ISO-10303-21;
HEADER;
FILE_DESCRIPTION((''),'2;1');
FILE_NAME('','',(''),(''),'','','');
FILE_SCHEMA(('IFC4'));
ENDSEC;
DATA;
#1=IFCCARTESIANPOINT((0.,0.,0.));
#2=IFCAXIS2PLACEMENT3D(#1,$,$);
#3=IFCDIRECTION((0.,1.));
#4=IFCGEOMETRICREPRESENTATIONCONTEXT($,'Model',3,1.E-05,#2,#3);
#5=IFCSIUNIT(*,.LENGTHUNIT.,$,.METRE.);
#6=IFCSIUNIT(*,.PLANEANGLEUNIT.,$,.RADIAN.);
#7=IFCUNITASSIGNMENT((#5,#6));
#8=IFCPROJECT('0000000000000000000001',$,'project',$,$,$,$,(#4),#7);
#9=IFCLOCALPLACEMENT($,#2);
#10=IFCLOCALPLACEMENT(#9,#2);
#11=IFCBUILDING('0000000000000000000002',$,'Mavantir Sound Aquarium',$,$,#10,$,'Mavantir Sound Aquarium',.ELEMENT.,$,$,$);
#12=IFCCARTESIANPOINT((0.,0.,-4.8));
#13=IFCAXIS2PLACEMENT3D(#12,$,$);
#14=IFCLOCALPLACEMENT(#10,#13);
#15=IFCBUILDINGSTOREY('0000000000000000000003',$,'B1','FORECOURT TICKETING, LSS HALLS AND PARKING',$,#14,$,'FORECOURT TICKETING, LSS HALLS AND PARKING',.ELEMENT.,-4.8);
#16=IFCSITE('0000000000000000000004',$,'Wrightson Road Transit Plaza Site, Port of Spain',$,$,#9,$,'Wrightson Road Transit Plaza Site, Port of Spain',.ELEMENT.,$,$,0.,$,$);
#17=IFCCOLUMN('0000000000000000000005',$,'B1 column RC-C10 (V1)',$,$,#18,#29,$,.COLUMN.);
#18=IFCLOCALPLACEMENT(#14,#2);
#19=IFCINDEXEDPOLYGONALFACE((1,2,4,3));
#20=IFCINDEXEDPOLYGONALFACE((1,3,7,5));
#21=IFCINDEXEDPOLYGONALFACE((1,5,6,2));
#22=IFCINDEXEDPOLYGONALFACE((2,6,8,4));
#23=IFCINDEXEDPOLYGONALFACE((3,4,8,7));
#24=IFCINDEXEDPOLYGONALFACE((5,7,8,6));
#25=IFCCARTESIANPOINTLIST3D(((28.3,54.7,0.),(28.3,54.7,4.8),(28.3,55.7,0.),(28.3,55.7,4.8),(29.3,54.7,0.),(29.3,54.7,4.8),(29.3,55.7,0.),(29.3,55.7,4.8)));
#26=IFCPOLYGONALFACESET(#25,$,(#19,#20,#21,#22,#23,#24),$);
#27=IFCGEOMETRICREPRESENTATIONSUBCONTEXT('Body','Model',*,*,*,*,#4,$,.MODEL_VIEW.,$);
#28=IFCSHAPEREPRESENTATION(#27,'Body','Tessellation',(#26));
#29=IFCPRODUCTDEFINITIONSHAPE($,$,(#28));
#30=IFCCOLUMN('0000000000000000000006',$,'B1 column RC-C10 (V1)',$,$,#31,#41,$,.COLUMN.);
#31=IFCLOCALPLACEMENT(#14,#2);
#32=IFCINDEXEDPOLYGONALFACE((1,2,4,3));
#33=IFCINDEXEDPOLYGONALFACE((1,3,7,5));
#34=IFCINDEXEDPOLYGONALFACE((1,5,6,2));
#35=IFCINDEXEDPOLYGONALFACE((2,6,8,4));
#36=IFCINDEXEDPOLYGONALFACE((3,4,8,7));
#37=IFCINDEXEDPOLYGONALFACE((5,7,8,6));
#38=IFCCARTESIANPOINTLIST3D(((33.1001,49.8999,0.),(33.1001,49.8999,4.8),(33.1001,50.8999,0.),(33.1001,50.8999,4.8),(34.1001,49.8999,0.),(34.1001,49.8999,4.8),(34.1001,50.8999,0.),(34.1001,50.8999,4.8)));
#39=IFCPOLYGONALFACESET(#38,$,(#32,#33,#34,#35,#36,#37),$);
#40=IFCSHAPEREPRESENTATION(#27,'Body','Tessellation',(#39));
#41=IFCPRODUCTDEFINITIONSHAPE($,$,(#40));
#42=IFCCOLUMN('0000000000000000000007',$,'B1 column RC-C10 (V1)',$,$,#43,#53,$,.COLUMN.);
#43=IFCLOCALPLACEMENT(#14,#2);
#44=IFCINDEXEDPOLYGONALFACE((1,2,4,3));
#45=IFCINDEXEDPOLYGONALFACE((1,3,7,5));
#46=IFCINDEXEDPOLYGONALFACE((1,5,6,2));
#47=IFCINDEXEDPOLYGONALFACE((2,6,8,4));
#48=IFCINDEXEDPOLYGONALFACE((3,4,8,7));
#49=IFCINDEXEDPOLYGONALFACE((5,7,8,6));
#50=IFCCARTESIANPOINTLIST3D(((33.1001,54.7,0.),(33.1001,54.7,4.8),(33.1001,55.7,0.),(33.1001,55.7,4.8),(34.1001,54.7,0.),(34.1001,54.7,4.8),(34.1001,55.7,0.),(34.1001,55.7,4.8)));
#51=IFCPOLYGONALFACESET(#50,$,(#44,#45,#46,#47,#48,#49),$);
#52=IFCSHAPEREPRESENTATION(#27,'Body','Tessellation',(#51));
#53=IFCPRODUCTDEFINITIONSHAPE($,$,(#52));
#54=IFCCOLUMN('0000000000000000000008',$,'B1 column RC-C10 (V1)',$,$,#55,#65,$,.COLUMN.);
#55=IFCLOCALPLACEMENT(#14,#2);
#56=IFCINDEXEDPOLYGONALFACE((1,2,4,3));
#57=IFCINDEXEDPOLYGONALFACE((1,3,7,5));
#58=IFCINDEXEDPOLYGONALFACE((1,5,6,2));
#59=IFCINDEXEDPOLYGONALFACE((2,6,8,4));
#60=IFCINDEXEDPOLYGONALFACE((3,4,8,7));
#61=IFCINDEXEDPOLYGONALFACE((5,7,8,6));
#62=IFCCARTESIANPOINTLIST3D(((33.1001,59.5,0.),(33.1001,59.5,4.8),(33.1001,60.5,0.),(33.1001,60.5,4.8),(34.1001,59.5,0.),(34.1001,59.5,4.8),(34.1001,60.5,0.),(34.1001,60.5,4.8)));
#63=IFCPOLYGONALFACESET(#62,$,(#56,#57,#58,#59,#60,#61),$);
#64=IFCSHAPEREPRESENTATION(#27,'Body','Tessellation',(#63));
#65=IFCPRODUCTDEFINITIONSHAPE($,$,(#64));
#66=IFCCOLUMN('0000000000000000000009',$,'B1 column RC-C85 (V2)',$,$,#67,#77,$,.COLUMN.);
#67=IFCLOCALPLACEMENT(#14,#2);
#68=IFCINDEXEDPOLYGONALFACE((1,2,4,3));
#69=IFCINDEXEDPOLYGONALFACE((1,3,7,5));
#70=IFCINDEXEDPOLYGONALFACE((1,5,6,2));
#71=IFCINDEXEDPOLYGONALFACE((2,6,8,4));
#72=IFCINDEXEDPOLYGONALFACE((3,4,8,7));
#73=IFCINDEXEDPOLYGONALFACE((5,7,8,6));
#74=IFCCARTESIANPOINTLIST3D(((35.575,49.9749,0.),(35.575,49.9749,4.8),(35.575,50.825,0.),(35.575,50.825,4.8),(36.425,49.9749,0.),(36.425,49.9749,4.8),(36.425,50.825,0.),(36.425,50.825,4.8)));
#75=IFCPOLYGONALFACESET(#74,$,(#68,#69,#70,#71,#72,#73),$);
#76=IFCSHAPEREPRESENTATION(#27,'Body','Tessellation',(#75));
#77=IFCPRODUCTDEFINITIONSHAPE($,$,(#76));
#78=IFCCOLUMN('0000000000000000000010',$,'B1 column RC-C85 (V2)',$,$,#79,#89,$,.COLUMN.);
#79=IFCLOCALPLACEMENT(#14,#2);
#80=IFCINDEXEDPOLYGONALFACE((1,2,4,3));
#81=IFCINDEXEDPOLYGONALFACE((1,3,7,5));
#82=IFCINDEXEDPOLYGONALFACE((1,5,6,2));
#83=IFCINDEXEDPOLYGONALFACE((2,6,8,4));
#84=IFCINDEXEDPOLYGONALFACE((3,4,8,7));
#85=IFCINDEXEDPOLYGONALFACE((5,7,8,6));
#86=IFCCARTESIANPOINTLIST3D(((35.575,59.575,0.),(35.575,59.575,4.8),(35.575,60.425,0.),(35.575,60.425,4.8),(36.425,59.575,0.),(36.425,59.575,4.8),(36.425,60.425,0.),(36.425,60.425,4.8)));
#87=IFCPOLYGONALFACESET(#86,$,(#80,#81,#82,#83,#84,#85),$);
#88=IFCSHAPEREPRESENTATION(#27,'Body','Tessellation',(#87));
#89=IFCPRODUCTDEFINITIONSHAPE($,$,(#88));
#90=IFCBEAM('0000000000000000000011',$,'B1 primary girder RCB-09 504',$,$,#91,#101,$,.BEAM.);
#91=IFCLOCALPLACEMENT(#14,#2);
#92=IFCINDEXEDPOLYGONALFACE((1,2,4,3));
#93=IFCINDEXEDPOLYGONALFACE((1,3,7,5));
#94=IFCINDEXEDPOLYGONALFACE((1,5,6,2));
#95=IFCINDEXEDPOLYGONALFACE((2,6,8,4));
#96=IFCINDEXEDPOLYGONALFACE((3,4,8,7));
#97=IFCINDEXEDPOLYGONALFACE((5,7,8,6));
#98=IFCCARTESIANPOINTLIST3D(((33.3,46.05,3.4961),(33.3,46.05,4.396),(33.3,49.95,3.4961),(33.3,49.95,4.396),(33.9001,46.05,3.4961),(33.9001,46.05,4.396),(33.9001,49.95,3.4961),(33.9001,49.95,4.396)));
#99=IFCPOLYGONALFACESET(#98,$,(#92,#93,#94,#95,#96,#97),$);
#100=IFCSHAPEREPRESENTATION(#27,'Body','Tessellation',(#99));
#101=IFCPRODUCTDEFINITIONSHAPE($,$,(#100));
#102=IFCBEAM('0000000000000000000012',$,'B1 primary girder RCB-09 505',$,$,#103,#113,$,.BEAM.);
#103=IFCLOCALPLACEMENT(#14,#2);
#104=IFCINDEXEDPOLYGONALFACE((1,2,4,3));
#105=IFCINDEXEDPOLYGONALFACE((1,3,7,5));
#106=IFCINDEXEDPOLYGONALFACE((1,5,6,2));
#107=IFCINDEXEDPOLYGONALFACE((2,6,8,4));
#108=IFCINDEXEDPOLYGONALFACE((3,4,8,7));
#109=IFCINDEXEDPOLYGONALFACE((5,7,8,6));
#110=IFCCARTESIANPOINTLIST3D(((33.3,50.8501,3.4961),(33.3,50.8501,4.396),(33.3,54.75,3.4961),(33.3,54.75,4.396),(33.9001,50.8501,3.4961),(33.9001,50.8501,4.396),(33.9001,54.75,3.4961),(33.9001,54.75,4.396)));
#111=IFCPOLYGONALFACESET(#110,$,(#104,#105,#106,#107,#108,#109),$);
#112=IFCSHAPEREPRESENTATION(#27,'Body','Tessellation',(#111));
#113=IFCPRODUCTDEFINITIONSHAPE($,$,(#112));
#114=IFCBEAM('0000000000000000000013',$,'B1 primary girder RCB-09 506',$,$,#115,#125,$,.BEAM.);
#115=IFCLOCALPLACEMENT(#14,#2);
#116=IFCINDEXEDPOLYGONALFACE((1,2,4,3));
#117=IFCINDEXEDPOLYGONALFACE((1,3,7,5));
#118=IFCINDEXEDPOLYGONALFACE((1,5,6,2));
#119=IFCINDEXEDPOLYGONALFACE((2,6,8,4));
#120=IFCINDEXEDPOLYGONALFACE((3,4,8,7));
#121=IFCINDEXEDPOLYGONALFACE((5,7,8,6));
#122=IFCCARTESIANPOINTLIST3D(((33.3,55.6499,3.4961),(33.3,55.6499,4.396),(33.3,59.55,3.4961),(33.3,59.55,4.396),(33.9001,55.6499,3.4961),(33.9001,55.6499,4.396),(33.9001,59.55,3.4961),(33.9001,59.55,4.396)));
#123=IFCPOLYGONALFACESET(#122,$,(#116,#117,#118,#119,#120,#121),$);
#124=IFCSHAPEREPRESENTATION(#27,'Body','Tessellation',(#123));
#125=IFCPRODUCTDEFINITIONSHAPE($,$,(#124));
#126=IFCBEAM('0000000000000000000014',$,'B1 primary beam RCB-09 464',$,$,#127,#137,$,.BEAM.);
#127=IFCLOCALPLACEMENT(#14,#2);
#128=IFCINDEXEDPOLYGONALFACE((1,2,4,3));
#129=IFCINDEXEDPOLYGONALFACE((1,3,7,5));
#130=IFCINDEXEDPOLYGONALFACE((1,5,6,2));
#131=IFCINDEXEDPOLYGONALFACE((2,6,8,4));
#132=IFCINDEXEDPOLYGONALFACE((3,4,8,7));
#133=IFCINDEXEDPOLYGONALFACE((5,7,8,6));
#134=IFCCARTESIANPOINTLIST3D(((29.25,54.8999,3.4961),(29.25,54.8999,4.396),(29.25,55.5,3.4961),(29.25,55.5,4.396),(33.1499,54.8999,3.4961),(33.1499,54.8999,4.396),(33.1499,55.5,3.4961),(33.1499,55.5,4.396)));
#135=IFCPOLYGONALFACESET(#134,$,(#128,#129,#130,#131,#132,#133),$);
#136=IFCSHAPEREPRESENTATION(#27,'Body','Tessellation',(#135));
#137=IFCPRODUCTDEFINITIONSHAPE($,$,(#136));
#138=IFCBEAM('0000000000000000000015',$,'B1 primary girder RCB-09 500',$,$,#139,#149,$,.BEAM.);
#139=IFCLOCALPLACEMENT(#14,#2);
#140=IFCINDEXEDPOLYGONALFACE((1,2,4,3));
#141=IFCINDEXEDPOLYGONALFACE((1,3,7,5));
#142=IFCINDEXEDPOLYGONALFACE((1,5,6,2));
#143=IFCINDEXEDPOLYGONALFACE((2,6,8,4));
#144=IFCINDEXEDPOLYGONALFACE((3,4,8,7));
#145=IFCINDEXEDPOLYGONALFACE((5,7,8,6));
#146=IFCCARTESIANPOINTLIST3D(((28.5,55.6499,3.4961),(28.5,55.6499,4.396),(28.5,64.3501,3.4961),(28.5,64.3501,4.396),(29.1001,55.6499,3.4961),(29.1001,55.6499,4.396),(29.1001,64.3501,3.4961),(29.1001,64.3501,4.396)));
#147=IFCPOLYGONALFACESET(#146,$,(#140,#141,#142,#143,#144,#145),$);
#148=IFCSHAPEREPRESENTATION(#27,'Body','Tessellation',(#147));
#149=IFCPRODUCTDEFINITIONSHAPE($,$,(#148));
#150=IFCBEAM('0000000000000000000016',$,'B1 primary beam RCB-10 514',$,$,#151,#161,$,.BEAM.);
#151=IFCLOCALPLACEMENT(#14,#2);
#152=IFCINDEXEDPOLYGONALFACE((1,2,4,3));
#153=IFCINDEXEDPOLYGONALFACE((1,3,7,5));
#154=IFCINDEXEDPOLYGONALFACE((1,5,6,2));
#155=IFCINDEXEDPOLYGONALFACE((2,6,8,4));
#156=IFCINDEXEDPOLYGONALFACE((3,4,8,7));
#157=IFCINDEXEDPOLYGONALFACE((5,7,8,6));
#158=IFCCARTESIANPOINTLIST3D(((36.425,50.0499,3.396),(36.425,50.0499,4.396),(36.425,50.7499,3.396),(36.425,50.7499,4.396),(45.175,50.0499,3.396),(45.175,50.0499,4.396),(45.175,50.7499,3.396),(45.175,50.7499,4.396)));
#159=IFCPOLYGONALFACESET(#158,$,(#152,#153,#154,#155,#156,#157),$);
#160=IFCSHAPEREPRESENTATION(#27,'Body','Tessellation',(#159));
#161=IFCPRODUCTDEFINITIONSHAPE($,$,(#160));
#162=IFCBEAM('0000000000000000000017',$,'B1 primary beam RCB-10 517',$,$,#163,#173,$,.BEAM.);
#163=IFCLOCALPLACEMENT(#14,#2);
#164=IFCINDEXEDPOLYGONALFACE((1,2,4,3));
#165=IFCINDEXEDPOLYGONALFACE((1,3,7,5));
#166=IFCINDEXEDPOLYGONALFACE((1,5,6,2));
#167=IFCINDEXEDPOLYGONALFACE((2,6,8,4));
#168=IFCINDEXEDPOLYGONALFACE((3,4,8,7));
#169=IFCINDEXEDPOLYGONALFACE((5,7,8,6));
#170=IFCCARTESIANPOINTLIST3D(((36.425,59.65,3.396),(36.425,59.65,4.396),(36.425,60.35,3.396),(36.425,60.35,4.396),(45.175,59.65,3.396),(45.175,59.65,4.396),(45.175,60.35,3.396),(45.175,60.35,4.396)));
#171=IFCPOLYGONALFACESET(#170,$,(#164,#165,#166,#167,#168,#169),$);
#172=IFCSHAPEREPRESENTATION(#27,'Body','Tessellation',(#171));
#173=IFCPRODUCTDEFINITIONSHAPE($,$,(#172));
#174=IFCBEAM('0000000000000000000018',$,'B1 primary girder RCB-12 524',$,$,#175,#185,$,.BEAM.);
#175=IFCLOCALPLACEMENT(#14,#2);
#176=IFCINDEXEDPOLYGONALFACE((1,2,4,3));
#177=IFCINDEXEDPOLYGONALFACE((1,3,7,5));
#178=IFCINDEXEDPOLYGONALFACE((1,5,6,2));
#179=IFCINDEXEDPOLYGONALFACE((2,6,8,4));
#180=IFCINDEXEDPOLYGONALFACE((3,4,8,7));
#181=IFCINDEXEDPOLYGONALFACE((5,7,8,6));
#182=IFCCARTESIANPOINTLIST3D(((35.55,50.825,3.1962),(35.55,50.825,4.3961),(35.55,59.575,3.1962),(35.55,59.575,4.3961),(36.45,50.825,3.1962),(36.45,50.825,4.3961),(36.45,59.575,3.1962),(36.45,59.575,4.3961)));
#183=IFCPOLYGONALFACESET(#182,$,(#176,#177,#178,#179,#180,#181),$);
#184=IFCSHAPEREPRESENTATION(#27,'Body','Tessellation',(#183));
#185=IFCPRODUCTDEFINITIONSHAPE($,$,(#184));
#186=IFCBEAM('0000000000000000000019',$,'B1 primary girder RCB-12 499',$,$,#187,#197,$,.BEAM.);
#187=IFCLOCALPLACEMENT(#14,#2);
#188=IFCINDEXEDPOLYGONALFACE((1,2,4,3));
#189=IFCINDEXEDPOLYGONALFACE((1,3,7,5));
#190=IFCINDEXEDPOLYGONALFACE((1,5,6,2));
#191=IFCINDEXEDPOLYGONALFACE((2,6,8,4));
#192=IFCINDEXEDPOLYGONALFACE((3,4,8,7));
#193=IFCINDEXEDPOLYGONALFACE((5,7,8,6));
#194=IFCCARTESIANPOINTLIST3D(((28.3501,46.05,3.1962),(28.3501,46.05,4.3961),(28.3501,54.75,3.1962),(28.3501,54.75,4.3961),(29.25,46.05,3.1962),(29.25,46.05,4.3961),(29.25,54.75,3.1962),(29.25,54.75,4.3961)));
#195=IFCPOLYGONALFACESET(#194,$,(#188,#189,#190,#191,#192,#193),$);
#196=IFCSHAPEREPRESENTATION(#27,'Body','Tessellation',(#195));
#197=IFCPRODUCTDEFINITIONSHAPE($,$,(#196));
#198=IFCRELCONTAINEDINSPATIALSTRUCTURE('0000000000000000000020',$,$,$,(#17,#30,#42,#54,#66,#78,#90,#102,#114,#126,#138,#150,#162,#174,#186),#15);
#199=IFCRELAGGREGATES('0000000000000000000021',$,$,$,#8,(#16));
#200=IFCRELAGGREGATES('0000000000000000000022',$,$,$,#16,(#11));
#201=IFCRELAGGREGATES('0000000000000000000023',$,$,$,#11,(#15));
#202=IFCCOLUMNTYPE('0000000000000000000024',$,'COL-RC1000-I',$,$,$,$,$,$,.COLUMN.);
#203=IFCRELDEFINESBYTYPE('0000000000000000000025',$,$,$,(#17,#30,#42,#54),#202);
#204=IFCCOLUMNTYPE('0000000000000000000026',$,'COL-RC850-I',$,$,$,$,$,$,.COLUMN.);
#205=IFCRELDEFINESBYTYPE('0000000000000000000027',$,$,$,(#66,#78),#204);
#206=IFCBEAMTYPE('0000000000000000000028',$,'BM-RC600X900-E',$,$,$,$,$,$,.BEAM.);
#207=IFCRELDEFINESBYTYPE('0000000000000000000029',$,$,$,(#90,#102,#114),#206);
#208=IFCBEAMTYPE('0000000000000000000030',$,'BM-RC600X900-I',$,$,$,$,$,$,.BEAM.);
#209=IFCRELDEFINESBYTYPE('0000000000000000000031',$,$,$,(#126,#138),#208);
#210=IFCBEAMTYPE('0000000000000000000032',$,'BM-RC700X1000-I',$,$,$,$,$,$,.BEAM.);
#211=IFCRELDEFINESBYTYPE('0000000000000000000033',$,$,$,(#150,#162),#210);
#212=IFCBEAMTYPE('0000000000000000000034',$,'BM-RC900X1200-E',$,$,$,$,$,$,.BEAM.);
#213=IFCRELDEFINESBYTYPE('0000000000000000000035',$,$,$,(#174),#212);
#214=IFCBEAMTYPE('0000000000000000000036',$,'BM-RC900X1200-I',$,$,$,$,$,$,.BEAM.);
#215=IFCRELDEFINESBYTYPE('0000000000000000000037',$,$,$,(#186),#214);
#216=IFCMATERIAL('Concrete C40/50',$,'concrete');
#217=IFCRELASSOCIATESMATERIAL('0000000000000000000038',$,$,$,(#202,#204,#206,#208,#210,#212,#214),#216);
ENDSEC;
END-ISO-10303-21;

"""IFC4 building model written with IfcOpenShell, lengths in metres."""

from ifc_helpers import new_model, si_unit, direction, frame, origin, origin_2d, place, context, subcontext, project, spatial, rectangle, extrude, material, material_profile, profile_set, type_object, element, save


model = new_model("IFC4")

# Units and contexts
model_context = context("Model", 3, precision=1e-05, world=origin(), true_north=direction((0.0, 1.0)))
body_context = subcontext(model_context, "Body", "Model", "MODEL_VIEW")
ifc_project = project(units=[si_unit("LENGTHUNIT", "METRE"), si_unit("PLANEANGLEUNIT", "RADIAN")], contexts=[model_context])

# Site, building, storey
site_placement = place(None, origin())
site = spatial("IfcSite", under=ifc_project, at=site_placement, Name="Wrightson Road Transit Plaza Site, Port of Spain", LongName="Wrightson Road Transit Plaza Site, Port of Spain", CompositionType="ELEMENT", RefElevation=0.0)
building_placement = place(site_placement, origin())
building = spatial("IfcBuilding", under=site, at=building_placement, Name="Mavantir Sound Aquarium", LongName="Mavantir Sound Aquarium", CompositionType="ELEMENT")
storey_placement = place(building_placement, frame((0.0, 0.0, -4.8)))
storey = spatial("IfcBuildingStorey", under=building, at=storey_placement, Name="B1", Description="FORECOURT TICKETING, LSS HALLS AND PARKING", LongName="FORECOURT TICKETING, LSS HALLS AND PARKING", CompositionType="ELEMENT", Elevation=-4.8)

# Columns
ifc_material_1 = material(Name="Concrete C40/50", Category="concrete")
ifc_material_profile_1 = material_profile(ifc_material_1, rectangle(XDim=1.0, YDim=1.0, at=origin_2d()), Name="RC 1000X1000")
ifc_profile_set_1 = profile_set([ifc_material_profile_1], Name="Concrete C40/50")
column_type_1 = type_object("IfcColumnType", Name="COL-RC1000-I", PredefinedType="COLUMN", material=ifc_profile_set_1)
for number, where, z_axis, x_axis, name in (
    (1, (28.8, 55.2, 0.0), (0.0, 0.0, 1.0), (1.0, 0.0, 0.0), "B1 column RC-C10 (V1)"),
    (2, (33.6001, 50.3999, 0.0), (0.0, 0.0, 1.0), (1.0, 0.0, 0.0), "B1 column RC-C10 (V1)"),
    (3, (33.6001, 55.2, 0.0), (0.0, 0.0, 1.0), (1.0, 0.0, 0.0), "B1 column RC-C10 (V1)"),
    (4, (33.6001, 60.0, 0.0), (0.0, 0.0, 1.0), (1.0, 0.0, 0.0), "B1 column RC-C10 (V1)"),
):
    element("IfcColumn", number, at=place(storey_placement, frame(where, z_axis=z_axis, x_axis=x_axis)), inside=storey, type_object=column_type_1, Name=name, PredefinedType="COLUMN", context=body_context, shape_type="SweptSolid", body=[
        extrude(rectangle(XDim=1.0, YDim=1.0, at=origin_2d()), origin(), (0.0, 0.0, 1.0), 4.8),
    ])
ifc_material_profile_2 = material_profile(ifc_material_1, rectangle(XDim=0.8501, YDim=0.8501, at=origin_2d()), Name="RC 850X850")
ifc_profile_set_2 = profile_set([ifc_material_profile_2], Name="Concrete C40/50")
column_type_2 = type_object("IfcColumnType", Name="COL-RC850-I", PredefinedType="COLUMN", material=ifc_profile_set_2)
for number, where, z_axis, x_axis, name in (
    (5, (36.0, 50.3999, 0.0), (0.0, 0.0, 1.0), (1.0, 0.0, 0.0), "B1 column RC-C85 (V2)"),
    (6, (36.0, 60.0, 0.0), (0.0, 0.0, 1.0), (1.0, 0.0, 0.0), "B1 column RC-C85 (V2)"),
):
    element("IfcColumn", number, at=place(storey_placement, frame(where, z_axis=z_axis, x_axis=x_axis)), inside=storey, type_object=column_type_2, Name=name, PredefinedType="COLUMN", context=body_context, shape_type="SweptSolid", body=[
        extrude(rectangle(XDim=0.8501, YDim=0.8501, at=origin_2d()), origin(), (0.0, 0.0, 1.0), 4.8),
    ])

# Beams
ifc_material_profile_3 = material_profile(ifc_material_1, rectangle(XDim=0.6001, YDim=0.8999, at=origin_2d()), Name="RC 600X900")
ifc_profile_set_3 = profile_set([ifc_material_profile_3], Name="Concrete C40/50")
beam_type_1 = type_object("IfcBeamType", Name="BM-RC600X900-E", PredefinedType="BEAM", material=ifc_profile_set_3)
for number, where, z_axis, x_axis, name in (
    (7, (33.6001, 46.05, 3.946), (0.0, 1.0, 0.0), (-1.0, 0.0, 0.0), "B1 primary girder RCB-09 504"),
    (8, (33.6001, 50.8501, 3.946), (0.0, 1.0, 0.0), (-1.0, 0.0, 0.0), "B1 primary girder RCB-09 505"),
):
    element("IfcBeam", number, at=place(storey_placement, frame(where, z_axis=z_axis, x_axis=x_axis)), inside=storey, type_object=beam_type_1, Name=name, PredefinedType="BEAM", context=body_context, shape_type="SweptSolid", body=[
        extrude(rectangle(XDim=0.6001, YDim=0.8999, at=origin_2d()), origin(), (0.0, 0.0, 1.0), 3.8999),
    ])
beam_1_placement = place(storey_placement, frame((33.6001, 55.6499, 3.946), z_axis=(0.0, 1.0, 0.0), x_axis=(-1.0, 0.0, 0.0)))
element("IfcBeam", 9, at=beam_1_placement, inside=storey, type_object=beam_type_1, Name="B1 primary girder RCB-09 506", PredefinedType="BEAM", context=body_context, shape_type="SweptSolid", body=[
    extrude(rectangle(XDim=0.6001, YDim=0.8999, at=origin_2d()), origin(), (0.0, 0.0, 1.0), 3.9001),
])
ifc_material_profile_4 = material_profile(ifc_material_1, rectangle(XDim=0.6001, YDim=0.8999, at=origin_2d()), Name="RC 600X900")
ifc_profile_set_4 = profile_set([ifc_material_profile_4], Name="Concrete C40/50")
beam_type_2 = type_object("IfcBeamType", Name="BM-RC600X900-I", PredefinedType="BEAM", material=ifc_profile_set_4)
beam_2_placement = place(storey_placement, frame((29.25, 55.2, 3.946), z_axis=(1.0, 0.0, 0.0), x_axis=(0.0, 1.0, 0.0)))
element("IfcBeam", 10, at=beam_2_placement, inside=storey, type_object=beam_type_2, Name="B1 primary beam RCB-09 464", PredefinedType="BEAM", context=body_context, shape_type="SweptSolid", body=[
    extrude(rectangle(XDim=0.6001, YDim=0.8999, at=origin_2d()), origin(), (0.0, 0.0, 1.0), 3.8999),
])
beam_3_placement = place(storey_placement, frame((28.8, 55.6499, 3.946), z_axis=(0.0, 1.0, 0.0), x_axis=(-1.0, 0.0, 0.0)))
element("IfcBeam", 11, at=beam_3_placement, inside=storey, type_object=beam_type_2, Name="B1 primary girder RCB-09 500", PredefinedType="BEAM", context=body_context, shape_type="SweptSolid", body=[
    extrude(rectangle(XDim=0.6001, YDim=0.8999, at=origin_2d()), origin(), (0.0, 0.0, 1.0), 8.7002),
])
ifc_material_profile_5 = material_profile(ifc_material_1, rectangle(XDim=0.7, YDim=1.0, at=origin_2d()), Name="RC 700X1000")
ifc_profile_set_5 = profile_set([ifc_material_profile_5], Name="Concrete C40/50")
beam_type_3 = type_object("IfcBeamType", Name="BM-RC700X1000-I", PredefinedType="BEAM", material=ifc_profile_set_5)
for number, where, z_axis, x_axis, name in (
    (12, (36.425, 50.3999, 3.896), (1.0, 0.0, 0.0), (0.0, 1.0, 0.0), "B1 primary beam RCB-10 514"),
    (13, (36.425, 60.0, 3.896), (1.0, 0.0, 0.0), (0.0, 1.0, 0.0), "B1 primary beam RCB-10 517"),
):
    element("IfcBeam", number, at=place(storey_placement, frame(where, z_axis=z_axis, x_axis=x_axis)), inside=storey, type_object=beam_type_3, Name=name, PredefinedType="BEAM", context=body_context, shape_type="SweptSolid", body=[
        extrude(rectangle(XDim=0.7, YDim=1.0, at=origin_2d()), origin(), (0.0, 0.0, 1.0), 8.75),
    ])
ifc_material_profile_6 = material_profile(ifc_material_1, rectangle(XDim=0.8999, YDim=1.2, at=origin_2d()), Name="RC 900X1200")
ifc_profile_set_6 = profile_set([ifc_material_profile_6], Name="Concrete C40/50")
beam_type_4 = type_object("IfcBeamType", Name="BM-RC900X1200-E", PredefinedType="BEAM", material=ifc_profile_set_6)
beam_4_placement = place(storey_placement, frame((36.0, 50.825, 3.7961), z_axis=(0.0, 1.0, 0.0), x_axis=(-1.0, 0.0, 0.0)))
element("IfcBeam", 14, at=beam_4_placement, inside=storey, type_object=beam_type_4, Name="B1 primary girder RCB-12 524", PredefinedType="BEAM", context=body_context, shape_type="SweptSolid", body=[
    extrude(rectangle(XDim=0.8999, YDim=1.2, at=origin_2d()), origin(), (0.0, 0.0, 1.0), 8.75),
])
ifc_material_profile_7 = material_profile(ifc_material_1, rectangle(XDim=0.8999, YDim=1.2, at=origin_2d()), Name="RC 900X1200")
ifc_profile_set_7 = profile_set([ifc_material_profile_7], Name="Concrete C40/50")
beam_type_5 = type_object("IfcBeamType", Name="BM-RC900X1200-I", PredefinedType="BEAM", material=ifc_profile_set_7)
beam_5_placement = place(storey_placement, frame((28.8, 46.05, 3.7961), z_axis=(0.0, 1.0, 0.0), x_axis=(-1.0, 0.0, 0.0)))
element("IfcBeam", 15, at=beam_5_placement, inside=storey, type_object=beam_type_5, Name="B1 primary girder RCB-12 499", PredefinedType="BEAM", context=body_context, shape_type="SweptSolid", body=[
    extrude(rectangle(XDim=0.8999, YDim=1.2, at=origin_2d()), origin(), (0.0, 0.0, 1.0), 8.7),
])

save(model, "model.ifc")
